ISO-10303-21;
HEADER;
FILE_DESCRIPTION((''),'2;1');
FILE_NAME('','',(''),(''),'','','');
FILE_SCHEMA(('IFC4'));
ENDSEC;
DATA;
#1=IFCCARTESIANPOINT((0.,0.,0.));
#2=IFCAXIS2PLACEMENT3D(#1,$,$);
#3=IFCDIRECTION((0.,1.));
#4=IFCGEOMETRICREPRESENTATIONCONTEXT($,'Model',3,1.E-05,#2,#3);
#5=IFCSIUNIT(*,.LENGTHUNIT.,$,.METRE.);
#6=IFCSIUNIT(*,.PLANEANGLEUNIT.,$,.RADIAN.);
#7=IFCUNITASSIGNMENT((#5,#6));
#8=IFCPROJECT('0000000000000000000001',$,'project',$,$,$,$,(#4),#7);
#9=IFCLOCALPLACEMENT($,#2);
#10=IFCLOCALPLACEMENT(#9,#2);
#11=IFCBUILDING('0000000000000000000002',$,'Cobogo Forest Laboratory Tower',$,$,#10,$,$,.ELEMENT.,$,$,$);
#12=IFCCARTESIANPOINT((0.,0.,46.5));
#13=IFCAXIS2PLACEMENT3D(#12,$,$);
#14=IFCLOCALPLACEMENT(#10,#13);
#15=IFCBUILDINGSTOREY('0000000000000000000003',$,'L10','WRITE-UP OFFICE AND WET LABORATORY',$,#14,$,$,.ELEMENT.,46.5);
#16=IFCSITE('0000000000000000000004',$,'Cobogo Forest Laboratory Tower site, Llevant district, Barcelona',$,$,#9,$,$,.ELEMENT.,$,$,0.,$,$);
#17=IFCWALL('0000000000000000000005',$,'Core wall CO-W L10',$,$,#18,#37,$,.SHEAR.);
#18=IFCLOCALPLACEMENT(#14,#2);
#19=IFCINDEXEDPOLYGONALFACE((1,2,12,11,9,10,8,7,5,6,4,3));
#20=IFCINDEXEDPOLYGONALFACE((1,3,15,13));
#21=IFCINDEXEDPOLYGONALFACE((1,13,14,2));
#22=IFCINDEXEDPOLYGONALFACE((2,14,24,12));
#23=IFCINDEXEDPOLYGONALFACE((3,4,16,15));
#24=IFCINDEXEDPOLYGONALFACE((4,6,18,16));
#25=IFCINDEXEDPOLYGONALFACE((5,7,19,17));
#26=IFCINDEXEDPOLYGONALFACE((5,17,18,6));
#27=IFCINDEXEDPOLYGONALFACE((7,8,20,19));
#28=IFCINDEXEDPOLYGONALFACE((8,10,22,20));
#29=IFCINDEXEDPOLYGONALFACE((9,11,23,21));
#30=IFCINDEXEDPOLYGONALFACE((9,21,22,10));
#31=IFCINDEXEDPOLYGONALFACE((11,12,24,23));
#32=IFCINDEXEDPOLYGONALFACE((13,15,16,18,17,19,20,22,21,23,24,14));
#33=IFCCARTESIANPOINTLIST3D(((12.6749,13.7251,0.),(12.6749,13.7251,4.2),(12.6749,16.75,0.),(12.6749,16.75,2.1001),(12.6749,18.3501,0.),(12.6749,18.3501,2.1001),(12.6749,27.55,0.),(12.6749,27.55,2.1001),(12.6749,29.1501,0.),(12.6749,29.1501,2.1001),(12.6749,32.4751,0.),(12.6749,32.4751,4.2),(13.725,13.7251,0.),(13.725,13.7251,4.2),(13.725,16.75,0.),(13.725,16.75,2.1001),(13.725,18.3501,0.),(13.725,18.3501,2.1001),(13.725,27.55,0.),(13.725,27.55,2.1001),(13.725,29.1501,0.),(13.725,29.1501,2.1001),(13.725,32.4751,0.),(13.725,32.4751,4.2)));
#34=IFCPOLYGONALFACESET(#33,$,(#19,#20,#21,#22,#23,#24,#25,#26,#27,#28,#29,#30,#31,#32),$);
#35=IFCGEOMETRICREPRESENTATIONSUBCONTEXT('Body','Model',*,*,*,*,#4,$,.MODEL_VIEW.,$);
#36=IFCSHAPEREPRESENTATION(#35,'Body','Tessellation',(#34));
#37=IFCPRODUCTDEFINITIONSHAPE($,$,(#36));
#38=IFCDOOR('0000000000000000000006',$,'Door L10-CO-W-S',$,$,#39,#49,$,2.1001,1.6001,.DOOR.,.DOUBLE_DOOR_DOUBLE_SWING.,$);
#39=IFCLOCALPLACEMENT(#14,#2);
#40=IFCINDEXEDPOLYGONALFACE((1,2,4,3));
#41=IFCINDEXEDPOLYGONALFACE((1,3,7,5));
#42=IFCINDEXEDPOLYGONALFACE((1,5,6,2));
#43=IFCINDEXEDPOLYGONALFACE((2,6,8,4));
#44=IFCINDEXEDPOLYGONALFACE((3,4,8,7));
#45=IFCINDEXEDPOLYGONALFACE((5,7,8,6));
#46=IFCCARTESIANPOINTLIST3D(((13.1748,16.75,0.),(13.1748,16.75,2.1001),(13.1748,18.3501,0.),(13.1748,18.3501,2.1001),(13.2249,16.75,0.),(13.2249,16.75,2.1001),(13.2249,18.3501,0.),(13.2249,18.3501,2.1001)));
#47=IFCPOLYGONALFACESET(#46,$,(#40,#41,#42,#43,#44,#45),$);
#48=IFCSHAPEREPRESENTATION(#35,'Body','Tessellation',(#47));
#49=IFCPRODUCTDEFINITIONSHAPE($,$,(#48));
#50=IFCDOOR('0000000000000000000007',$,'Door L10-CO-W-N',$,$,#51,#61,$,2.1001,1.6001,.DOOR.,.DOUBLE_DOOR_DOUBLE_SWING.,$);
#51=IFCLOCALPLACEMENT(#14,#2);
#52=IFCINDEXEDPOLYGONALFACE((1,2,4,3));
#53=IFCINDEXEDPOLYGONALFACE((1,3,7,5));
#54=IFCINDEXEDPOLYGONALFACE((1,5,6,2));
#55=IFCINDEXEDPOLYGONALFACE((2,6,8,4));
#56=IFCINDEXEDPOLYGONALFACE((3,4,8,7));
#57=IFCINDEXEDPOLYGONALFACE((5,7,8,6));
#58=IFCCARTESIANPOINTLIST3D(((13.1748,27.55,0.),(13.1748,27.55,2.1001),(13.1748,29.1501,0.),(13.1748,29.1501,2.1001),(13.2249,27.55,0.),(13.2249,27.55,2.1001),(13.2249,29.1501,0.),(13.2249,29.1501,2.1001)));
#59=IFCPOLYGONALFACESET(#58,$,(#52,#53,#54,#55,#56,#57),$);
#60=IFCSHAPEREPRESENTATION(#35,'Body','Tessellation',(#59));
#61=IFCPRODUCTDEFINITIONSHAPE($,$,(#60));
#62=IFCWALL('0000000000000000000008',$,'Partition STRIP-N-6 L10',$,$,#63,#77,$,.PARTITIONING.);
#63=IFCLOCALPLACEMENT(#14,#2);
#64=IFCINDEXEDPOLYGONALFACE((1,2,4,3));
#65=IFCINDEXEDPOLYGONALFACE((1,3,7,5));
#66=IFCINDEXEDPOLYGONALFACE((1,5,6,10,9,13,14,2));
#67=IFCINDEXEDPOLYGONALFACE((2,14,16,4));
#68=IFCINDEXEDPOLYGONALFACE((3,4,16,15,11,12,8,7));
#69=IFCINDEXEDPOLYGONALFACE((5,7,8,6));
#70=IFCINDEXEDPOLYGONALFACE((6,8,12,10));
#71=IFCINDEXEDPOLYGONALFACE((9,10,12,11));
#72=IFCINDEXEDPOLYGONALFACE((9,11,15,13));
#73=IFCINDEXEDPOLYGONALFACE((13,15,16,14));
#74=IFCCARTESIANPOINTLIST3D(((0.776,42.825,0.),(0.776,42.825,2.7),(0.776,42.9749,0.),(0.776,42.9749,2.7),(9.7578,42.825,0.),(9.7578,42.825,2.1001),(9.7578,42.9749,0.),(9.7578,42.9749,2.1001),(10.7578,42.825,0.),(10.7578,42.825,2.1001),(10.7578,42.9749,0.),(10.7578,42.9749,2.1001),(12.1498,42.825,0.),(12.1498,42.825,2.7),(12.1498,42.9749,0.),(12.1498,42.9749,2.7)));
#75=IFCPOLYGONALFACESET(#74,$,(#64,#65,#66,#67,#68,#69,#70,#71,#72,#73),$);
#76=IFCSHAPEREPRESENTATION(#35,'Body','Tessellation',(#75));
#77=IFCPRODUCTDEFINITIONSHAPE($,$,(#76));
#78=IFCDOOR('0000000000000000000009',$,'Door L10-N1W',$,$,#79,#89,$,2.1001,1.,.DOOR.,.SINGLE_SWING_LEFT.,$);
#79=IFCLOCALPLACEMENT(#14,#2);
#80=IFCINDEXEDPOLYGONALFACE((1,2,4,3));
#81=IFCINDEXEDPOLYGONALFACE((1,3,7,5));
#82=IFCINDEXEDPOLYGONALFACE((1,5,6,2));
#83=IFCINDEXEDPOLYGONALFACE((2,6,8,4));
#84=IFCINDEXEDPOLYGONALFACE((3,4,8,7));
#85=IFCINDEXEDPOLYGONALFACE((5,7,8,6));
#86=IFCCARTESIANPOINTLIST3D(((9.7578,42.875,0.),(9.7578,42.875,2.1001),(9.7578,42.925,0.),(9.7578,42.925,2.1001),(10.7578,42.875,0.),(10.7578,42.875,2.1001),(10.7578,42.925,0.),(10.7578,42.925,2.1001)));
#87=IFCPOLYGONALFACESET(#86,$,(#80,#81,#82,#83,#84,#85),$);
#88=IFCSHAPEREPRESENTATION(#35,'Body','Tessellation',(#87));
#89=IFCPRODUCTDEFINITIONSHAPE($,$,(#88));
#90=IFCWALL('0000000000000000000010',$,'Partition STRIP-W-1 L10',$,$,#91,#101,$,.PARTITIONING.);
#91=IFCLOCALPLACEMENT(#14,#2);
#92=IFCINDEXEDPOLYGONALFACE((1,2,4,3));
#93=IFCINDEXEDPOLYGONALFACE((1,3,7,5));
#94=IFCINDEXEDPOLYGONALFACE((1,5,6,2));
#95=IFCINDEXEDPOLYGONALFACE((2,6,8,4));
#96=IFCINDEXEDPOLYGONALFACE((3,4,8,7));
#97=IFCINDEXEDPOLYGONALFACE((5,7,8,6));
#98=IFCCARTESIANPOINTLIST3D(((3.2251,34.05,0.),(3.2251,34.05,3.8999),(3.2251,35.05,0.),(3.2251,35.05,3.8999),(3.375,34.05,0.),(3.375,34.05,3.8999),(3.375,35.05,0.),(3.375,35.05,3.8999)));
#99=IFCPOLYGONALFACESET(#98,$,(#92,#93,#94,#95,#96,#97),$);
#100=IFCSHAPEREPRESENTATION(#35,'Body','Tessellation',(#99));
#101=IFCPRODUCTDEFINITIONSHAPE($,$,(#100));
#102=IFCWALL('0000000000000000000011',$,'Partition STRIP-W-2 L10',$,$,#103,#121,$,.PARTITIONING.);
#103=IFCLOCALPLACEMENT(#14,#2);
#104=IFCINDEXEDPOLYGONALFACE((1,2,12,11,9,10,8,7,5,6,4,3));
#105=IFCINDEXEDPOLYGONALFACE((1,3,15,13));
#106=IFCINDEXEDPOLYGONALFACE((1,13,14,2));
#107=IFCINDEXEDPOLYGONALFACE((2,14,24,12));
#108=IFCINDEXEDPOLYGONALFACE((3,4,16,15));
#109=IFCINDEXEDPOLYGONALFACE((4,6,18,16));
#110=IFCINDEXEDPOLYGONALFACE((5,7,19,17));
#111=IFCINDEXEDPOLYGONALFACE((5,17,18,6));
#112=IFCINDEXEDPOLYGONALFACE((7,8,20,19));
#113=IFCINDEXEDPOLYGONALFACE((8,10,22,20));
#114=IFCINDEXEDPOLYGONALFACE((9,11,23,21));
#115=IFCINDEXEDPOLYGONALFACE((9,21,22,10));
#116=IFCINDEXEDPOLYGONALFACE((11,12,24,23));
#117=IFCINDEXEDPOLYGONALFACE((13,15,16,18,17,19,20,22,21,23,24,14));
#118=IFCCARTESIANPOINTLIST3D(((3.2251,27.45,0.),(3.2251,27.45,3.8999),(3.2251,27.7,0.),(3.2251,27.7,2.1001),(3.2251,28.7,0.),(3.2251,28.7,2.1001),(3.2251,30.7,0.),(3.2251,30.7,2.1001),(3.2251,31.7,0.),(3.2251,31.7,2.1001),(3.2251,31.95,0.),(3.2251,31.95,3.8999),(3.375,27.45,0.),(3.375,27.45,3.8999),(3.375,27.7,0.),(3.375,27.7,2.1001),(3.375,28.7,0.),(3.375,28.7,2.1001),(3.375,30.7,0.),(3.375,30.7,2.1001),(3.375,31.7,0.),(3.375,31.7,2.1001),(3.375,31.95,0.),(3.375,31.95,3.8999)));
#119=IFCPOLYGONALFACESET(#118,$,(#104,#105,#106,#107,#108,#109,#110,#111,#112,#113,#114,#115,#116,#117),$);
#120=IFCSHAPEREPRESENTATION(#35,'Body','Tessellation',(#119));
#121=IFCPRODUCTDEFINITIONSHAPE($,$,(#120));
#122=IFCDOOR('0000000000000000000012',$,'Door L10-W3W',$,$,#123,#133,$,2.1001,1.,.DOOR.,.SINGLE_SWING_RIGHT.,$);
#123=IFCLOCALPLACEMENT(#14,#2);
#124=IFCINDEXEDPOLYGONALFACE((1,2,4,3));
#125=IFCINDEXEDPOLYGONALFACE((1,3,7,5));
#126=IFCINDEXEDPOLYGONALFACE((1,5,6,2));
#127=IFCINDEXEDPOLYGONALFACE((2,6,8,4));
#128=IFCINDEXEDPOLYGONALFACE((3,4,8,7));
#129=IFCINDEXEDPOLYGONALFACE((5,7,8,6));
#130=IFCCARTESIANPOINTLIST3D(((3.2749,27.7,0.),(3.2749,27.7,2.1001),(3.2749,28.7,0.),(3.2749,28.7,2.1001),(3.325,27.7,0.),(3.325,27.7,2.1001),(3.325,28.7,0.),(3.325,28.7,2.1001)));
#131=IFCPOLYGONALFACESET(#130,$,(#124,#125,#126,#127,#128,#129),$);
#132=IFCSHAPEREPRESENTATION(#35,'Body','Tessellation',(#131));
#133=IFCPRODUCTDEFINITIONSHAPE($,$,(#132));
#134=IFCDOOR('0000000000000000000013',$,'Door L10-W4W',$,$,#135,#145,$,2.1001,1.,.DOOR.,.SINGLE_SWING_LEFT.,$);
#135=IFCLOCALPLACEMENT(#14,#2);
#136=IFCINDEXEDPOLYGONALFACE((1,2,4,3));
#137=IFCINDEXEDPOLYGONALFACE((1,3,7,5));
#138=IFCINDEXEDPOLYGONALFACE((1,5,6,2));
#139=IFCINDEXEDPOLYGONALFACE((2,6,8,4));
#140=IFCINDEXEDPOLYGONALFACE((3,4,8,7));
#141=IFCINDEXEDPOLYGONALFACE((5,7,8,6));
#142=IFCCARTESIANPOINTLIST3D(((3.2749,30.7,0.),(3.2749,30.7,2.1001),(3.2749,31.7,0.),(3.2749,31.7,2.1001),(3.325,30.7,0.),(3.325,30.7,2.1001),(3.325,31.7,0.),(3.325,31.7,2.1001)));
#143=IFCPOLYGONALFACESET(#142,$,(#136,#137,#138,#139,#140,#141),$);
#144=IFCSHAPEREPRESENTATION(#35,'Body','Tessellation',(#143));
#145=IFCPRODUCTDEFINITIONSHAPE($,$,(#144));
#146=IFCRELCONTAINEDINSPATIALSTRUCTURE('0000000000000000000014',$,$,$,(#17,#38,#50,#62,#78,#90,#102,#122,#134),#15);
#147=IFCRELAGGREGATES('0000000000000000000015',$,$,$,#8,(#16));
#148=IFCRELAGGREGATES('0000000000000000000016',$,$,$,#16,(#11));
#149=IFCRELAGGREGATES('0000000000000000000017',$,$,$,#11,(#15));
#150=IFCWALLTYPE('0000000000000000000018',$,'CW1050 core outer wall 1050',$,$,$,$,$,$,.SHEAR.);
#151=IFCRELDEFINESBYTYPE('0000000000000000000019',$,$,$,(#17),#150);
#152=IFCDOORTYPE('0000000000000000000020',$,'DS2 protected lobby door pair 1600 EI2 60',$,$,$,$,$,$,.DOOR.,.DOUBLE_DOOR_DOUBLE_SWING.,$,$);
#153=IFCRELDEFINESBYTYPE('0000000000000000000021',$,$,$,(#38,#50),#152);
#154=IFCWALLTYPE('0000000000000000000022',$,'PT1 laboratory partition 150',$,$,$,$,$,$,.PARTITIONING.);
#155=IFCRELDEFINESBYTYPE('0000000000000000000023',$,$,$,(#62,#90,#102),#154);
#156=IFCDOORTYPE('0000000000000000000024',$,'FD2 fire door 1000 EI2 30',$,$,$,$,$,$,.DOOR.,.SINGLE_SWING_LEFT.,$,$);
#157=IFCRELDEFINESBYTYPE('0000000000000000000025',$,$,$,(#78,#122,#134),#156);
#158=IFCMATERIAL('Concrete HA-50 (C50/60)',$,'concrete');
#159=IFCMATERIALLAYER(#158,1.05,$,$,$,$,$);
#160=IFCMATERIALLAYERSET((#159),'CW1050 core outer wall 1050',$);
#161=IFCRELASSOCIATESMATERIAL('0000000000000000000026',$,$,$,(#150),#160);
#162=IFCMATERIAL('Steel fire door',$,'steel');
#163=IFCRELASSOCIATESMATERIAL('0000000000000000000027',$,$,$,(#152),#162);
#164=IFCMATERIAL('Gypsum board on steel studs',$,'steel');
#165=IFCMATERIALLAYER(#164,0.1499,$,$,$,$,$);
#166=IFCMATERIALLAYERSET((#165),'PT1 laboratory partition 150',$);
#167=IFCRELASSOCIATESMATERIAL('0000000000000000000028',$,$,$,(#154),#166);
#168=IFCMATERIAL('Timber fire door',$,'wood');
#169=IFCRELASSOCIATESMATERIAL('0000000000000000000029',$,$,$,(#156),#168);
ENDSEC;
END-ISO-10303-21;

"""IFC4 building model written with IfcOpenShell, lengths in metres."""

from ifc_helpers import new_model, si_unit, direction, frame, frame_2d, origin, place, context, subcontext, project, spatial, rectangle, extrude, material, layer, layer_set, type_object, element, fill, save


model = new_model("IFC4")

# Units and contexts
model_context = context("Model", 3, precision=1e-05, world=origin(), true_north=direction((0.0, 1.0)))
body_context = subcontext(model_context, "Body", "Model", "MODEL_VIEW")
ifc_project = project(units=[si_unit("LENGTHUNIT", "METRE"), si_unit("PLANEANGLEUNIT", "RADIAN")], contexts=[model_context])

# Site, building, storey
site_placement = place(None, origin())
site = spatial("IfcSite", under=ifc_project, at=site_placement, Name="Cobogo Forest Laboratory Tower site, Llevant district, Barcelona", CompositionType="ELEMENT", RefElevation=0.0)
building_placement = place(site_placement, origin())
building = spatial("IfcBuilding", under=site, at=building_placement, Name="Cobogo Forest Laboratory Tower", CompositionType="ELEMENT")
storey_placement = place(building_placement, frame((0.0, 0.0, 46.5)))
storey = spatial("IfcBuildingStorey", under=building, at=storey_placement, Name="L10", Description="WRITE-UP OFFICE AND WET LABORATORY", CompositionType="ELEMENT", Elevation=46.5)

# Shared definitions
ifc_material_1 = material(Name="Concrete HA-50 (C50/60)", Category="concrete")

# Wall, openings, doors
ifc_layer_1 = layer(ifc_material_1, 1.05)
ifc_layer_set_1 = layer_set([ifc_layer_1], Name="CW1050 core outer wall 1050")
wall_type_1 = type_object("IfcWallType", Name="CW1050 core outer wall 1050", PredefinedType="SHEAR", material=ifc_layer_set_1)
wall_1_placement = place(storey_placement, frame((13.2, 32.4751, 0.0), z_axis=(0.0, 0.0, 1.0), x_axis=(0.0, -1.0, 0.0)))
wall_1 = element("IfcWall", 1, at=wall_1_placement, inside=storey, type_object=wall_type_1, Name="Core wall CO-W L10", PredefinedType="SHEAR", context=body_context, shape_type="SweptSolid", body=[
    extrude(rectangle(XDim=18.75, YDim=1.05, at=frame_2d((9.375, 0.0))), origin(), (0.0, 0.0, 1.0), 4.2),
])
opening_1_placement = place(wall_1_placement, frame((14.125, 0.0, 0.0)))
opening_1 = element("IfcOpeningElement", 2, at=opening_1_placement, cuts=wall_1, PredefinedType="OPENING", context=body_context, shape_type="SweptSolid", body=[
    extrude(rectangle(XDim=1.6001, YDim=2.1001, at=frame_2d((0.8, 1.05))), frame((0.0, 0.5349, 0.0), z_axis=(0.0, -1.0, 0.0), x_axis=(1.0, 0.0, 0.0)), (0.0, 0.0, 1.0), 1.0701),
])
opening_2_placement = place(wall_1_placement, frame((3.325, 0.0, 0.0)))
opening_2 = element("IfcOpeningElement", 3, at=opening_2_placement, cuts=wall_1, PredefinedType="OPENING", context=body_context, shape_type="SweptSolid", body=[
    extrude(rectangle(XDim=1.6001, YDim=2.1001, at=frame_2d((0.8, 1.05))), frame((0.0, 0.5349, 0.0), z_axis=(0.0, -1.0, 0.0), x_axis=(1.0, 0.0, 0.0)), (0.0, 0.0, 1.0), 1.0701),
])
ifc_material_2 = material(Name="Steel fire door", Category="steel")
door_type_1 = type_object("IfcDoorType", Name="DS2 protected lobby door pair 1600 EI2 60", OperationType="DOUBLE_DOOR_DOUBLE_SWING", PredefinedType="DOOR", material=ifc_material_2)
door_1_placement = place(opening_1_placement, origin())
door_1 = element("IfcDoor", 4, at=door_1_placement, inside=storey, type_object=door_type_1, Name="Door L10-CO-W-S", OperationType="DOUBLE_DOOR_DOUBLE_SWING", OverallHeight=2.1001, OverallWidth=1.6001, PredefinedType="DOOR", context=body_context, shape_type="SweptSolid", body=[
    extrude(rectangle(XDim=1.6001, YDim=2.1001, at=frame_2d((0.8, 1.05))), frame((0.0, 0.0249, 0.0), z_axis=(0.0, -1.0, 0.0), x_axis=(1.0, 0.0, 0.0)), (0.0, 0.0, 1.0), 0.05),
])
fill(opening_1, door_1)
door_2_placement = place(opening_2_placement, origin())
door_2 = element("IfcDoor", 5, at=door_2_placement, inside=storey, type_object=door_type_1, Name="Door L10-CO-W-N", OperationType="DOUBLE_DOOR_DOUBLE_SWING", OverallHeight=2.1001, OverallWidth=1.6001, PredefinedType="DOOR", context=body_context, shape_type="SweptSolid", body=[
    extrude(rectangle(XDim=1.6001, YDim=2.1001, at=frame_2d((0.8, 1.05))), frame((0.0, 0.0249, 0.0), z_axis=(0.0, -1.0, 0.0), x_axis=(1.0, 0.0, 0.0)), (0.0, 0.0, 1.0), 0.05),
])
fill(opening_2, door_2)

# Wall, opening, door
ifc_material_3 = material(Name="Gypsum board on steel studs", Category="steel")
ifc_layer_2 = layer(ifc_material_3, 0.1499)
ifc_layer_set_2 = layer_set([ifc_layer_2], Name="PT1 laboratory partition 150")
wall_type_2 = type_object("IfcWallType", Name="PT1 laboratory partition 150", PredefinedType="PARTITIONING", material=ifc_layer_set_2)
wall_2_placement = place(storey_placement, frame((12.1499, 42.8999, 0.0), z_axis=(0.0, 0.0, 1.0), x_axis=(-1.0, 0.0, 0.0)))
wall_2 = element("IfcWall", 6, at=wall_2_placement, inside=storey, type_object=wall_type_2, Name="Partition STRIP-N-6 L10", PredefinedType="PARTITIONING", context=body_context, shape_type="SweptSolid", body=[
    extrude(rectangle(XDim=11.3738, YDim=0.1499, at=frame_2d((5.687, 0.0))), origin(), (0.0, 0.0, 1.0), 2.7),
])
opening_3_placement = place(wall_2_placement, frame((1.3921, 0.0, 0.0)))
opening_3 = element("IfcOpeningElement", 7, at=opening_3_placement, cuts=wall_2, PredefinedType="OPENING", context=body_context, shape_type="SweptSolid", body=[
    extrude(rectangle(XDim=1.0, YDim=2.1001, at=frame_2d((0.5, 1.05))), frame((0.0, 0.085, 0.0), z_axis=(0.0, -1.0, 0.0), x_axis=(1.0, 0.0, 0.0)), (0.0, 0.0, 1.0), 0.1699),
])
ifc_material_4 = material(Name="Timber fire door", Category="wood")
door_type_2 = type_object("IfcDoorType", Name="FD2 fire door 1000 EI2 30", OperationType="SINGLE_SWING_LEFT", PredefinedType="DOOR", material=ifc_material_4)
door_3_placement = place(opening_3_placement, origin())
door_3 = element("IfcDoor", 8, at=door_3_placement, inside=storey, type_object=door_type_2, Name="Door L10-N1W", OperationType="SINGLE_SWING_LEFT", OverallHeight=2.1001, OverallWidth=1.0, PredefinedType="DOOR", context=body_context, shape_type="SweptSolid", body=[
    extrude(rectangle(XDim=1.0, YDim=2.1001, at=frame_2d((0.5, 1.05))), frame((0.0, 0.0249, 0.0), z_axis=(0.0, -1.0, 0.0), x_axis=(1.0, 0.0, 0.0)), (0.0, 0.0, 1.0), 0.05),
])
fill(opening_3, door_3)

# Wall
wall_3_placement = place(storey_placement, frame((3.3, 35.05, 0.0), z_axis=(0.0, 0.0, 1.0), x_axis=(0.0, -1.0, 0.0)))
element("IfcWall", 9, at=wall_3_placement, inside=storey, type_object=wall_type_2, Name="Partition STRIP-W-1 L10", PredefinedType="PARTITIONING", context=body_context, shape_type="SweptSolid", body=[
    extrude(rectangle(XDim=1.0, YDim=0.1499, at=frame_2d((0.5, 0.0))), origin(), (0.0, 0.0, 1.0), 3.8999),
])

# Wall, openings, doors
wall_4_placement = place(storey_placement, frame((3.3, 31.95, 0.0), z_axis=(0.0, 0.0, 1.0), x_axis=(0.0, -1.0, 0.0)))
wall_4 = element("IfcWall", 10, at=wall_4_placement, inside=storey, type_object=wall_type_2, Name="Partition STRIP-W-2 L10", PredefinedType="PARTITIONING", context=body_context, shape_type="SweptSolid", body=[
    extrude(rectangle(XDim=4.5, YDim=0.1499, at=frame_2d((2.25, 0.0))), origin(), (0.0, 0.0, 1.0), 3.8999),
])
opening_4_placement = place(wall_4_placement, frame((3.25, 0.0, 0.0)))
opening_4 = element("IfcOpeningElement", 11, at=opening_4_placement, cuts=wall_4, PredefinedType="OPENING", context=body_context, shape_type="SweptSolid", body=[
    extrude(rectangle(XDim=1.0, YDim=2.1001, at=frame_2d((0.5, 1.05))), frame((0.0, 0.085, 0.0), z_axis=(0.0, -1.0, 0.0), x_axis=(1.0, 0.0, 0.0)), (0.0, 0.0, 1.0), 0.1699),
])
opening_5_placement = place(wall_4_placement, frame((0.25, 0.0, 0.0)))
opening_5 = element("IfcOpeningElement", 12, at=opening_5_placement, cuts=wall_4, PredefinedType="OPENING", context=body_context, shape_type="SweptSolid", body=[
    extrude(rectangle(XDim=1.0, YDim=2.1001, at=frame_2d((0.5, 1.05))), frame((0.0, 0.085, 0.0), z_axis=(0.0, -1.0, 0.0), x_axis=(1.0, 0.0, 0.0)), (0.0, 0.0, 1.0), 0.1699),
])
door_4_placement = place(opening_4_placement, origin())
door_4 = element("IfcDoor", 13, at=door_4_placement, inside=storey, type_object=door_type_2, Name="Door L10-W3W", OperationType="SINGLE_SWING_RIGHT", OverallHeight=2.1001, OverallWidth=1.0, PredefinedType="DOOR", context=body_context, shape_type="SweptSolid", body=[
    extrude(rectangle(XDim=1.0, YDim=2.1001, at=frame_2d((0.5, 1.05))), frame((0.0, 0.0249, 0.0), z_axis=(0.0, -1.0, 0.0), x_axis=(1.0, 0.0, 0.0)), (0.0, 0.0, 1.0), 0.05),
])
fill(opening_4, door_4)
door_5_placement = place(opening_5_placement, origin())
door_5 = element("IfcDoor", 14, at=door_5_placement, inside=storey, type_object=door_type_2, Name="Door L10-W4W", OperationType="SINGLE_SWING_LEFT", OverallHeight=2.1001, OverallWidth=1.0, PredefinedType="DOOR", context=body_context, shape_type="SweptSolid", body=[
    extrude(rectangle(XDim=1.0, YDim=2.1001, at=frame_2d((0.5, 1.05))), frame((0.0, 0.0249, 0.0), z_axis=(0.0, -1.0, 0.0), x_axis=(1.0, 0.0, 0.0)), (0.0, 0.0, 1.0), 0.05),
])
fill(opening_5, door_5)

save(model, "model.ifc")
